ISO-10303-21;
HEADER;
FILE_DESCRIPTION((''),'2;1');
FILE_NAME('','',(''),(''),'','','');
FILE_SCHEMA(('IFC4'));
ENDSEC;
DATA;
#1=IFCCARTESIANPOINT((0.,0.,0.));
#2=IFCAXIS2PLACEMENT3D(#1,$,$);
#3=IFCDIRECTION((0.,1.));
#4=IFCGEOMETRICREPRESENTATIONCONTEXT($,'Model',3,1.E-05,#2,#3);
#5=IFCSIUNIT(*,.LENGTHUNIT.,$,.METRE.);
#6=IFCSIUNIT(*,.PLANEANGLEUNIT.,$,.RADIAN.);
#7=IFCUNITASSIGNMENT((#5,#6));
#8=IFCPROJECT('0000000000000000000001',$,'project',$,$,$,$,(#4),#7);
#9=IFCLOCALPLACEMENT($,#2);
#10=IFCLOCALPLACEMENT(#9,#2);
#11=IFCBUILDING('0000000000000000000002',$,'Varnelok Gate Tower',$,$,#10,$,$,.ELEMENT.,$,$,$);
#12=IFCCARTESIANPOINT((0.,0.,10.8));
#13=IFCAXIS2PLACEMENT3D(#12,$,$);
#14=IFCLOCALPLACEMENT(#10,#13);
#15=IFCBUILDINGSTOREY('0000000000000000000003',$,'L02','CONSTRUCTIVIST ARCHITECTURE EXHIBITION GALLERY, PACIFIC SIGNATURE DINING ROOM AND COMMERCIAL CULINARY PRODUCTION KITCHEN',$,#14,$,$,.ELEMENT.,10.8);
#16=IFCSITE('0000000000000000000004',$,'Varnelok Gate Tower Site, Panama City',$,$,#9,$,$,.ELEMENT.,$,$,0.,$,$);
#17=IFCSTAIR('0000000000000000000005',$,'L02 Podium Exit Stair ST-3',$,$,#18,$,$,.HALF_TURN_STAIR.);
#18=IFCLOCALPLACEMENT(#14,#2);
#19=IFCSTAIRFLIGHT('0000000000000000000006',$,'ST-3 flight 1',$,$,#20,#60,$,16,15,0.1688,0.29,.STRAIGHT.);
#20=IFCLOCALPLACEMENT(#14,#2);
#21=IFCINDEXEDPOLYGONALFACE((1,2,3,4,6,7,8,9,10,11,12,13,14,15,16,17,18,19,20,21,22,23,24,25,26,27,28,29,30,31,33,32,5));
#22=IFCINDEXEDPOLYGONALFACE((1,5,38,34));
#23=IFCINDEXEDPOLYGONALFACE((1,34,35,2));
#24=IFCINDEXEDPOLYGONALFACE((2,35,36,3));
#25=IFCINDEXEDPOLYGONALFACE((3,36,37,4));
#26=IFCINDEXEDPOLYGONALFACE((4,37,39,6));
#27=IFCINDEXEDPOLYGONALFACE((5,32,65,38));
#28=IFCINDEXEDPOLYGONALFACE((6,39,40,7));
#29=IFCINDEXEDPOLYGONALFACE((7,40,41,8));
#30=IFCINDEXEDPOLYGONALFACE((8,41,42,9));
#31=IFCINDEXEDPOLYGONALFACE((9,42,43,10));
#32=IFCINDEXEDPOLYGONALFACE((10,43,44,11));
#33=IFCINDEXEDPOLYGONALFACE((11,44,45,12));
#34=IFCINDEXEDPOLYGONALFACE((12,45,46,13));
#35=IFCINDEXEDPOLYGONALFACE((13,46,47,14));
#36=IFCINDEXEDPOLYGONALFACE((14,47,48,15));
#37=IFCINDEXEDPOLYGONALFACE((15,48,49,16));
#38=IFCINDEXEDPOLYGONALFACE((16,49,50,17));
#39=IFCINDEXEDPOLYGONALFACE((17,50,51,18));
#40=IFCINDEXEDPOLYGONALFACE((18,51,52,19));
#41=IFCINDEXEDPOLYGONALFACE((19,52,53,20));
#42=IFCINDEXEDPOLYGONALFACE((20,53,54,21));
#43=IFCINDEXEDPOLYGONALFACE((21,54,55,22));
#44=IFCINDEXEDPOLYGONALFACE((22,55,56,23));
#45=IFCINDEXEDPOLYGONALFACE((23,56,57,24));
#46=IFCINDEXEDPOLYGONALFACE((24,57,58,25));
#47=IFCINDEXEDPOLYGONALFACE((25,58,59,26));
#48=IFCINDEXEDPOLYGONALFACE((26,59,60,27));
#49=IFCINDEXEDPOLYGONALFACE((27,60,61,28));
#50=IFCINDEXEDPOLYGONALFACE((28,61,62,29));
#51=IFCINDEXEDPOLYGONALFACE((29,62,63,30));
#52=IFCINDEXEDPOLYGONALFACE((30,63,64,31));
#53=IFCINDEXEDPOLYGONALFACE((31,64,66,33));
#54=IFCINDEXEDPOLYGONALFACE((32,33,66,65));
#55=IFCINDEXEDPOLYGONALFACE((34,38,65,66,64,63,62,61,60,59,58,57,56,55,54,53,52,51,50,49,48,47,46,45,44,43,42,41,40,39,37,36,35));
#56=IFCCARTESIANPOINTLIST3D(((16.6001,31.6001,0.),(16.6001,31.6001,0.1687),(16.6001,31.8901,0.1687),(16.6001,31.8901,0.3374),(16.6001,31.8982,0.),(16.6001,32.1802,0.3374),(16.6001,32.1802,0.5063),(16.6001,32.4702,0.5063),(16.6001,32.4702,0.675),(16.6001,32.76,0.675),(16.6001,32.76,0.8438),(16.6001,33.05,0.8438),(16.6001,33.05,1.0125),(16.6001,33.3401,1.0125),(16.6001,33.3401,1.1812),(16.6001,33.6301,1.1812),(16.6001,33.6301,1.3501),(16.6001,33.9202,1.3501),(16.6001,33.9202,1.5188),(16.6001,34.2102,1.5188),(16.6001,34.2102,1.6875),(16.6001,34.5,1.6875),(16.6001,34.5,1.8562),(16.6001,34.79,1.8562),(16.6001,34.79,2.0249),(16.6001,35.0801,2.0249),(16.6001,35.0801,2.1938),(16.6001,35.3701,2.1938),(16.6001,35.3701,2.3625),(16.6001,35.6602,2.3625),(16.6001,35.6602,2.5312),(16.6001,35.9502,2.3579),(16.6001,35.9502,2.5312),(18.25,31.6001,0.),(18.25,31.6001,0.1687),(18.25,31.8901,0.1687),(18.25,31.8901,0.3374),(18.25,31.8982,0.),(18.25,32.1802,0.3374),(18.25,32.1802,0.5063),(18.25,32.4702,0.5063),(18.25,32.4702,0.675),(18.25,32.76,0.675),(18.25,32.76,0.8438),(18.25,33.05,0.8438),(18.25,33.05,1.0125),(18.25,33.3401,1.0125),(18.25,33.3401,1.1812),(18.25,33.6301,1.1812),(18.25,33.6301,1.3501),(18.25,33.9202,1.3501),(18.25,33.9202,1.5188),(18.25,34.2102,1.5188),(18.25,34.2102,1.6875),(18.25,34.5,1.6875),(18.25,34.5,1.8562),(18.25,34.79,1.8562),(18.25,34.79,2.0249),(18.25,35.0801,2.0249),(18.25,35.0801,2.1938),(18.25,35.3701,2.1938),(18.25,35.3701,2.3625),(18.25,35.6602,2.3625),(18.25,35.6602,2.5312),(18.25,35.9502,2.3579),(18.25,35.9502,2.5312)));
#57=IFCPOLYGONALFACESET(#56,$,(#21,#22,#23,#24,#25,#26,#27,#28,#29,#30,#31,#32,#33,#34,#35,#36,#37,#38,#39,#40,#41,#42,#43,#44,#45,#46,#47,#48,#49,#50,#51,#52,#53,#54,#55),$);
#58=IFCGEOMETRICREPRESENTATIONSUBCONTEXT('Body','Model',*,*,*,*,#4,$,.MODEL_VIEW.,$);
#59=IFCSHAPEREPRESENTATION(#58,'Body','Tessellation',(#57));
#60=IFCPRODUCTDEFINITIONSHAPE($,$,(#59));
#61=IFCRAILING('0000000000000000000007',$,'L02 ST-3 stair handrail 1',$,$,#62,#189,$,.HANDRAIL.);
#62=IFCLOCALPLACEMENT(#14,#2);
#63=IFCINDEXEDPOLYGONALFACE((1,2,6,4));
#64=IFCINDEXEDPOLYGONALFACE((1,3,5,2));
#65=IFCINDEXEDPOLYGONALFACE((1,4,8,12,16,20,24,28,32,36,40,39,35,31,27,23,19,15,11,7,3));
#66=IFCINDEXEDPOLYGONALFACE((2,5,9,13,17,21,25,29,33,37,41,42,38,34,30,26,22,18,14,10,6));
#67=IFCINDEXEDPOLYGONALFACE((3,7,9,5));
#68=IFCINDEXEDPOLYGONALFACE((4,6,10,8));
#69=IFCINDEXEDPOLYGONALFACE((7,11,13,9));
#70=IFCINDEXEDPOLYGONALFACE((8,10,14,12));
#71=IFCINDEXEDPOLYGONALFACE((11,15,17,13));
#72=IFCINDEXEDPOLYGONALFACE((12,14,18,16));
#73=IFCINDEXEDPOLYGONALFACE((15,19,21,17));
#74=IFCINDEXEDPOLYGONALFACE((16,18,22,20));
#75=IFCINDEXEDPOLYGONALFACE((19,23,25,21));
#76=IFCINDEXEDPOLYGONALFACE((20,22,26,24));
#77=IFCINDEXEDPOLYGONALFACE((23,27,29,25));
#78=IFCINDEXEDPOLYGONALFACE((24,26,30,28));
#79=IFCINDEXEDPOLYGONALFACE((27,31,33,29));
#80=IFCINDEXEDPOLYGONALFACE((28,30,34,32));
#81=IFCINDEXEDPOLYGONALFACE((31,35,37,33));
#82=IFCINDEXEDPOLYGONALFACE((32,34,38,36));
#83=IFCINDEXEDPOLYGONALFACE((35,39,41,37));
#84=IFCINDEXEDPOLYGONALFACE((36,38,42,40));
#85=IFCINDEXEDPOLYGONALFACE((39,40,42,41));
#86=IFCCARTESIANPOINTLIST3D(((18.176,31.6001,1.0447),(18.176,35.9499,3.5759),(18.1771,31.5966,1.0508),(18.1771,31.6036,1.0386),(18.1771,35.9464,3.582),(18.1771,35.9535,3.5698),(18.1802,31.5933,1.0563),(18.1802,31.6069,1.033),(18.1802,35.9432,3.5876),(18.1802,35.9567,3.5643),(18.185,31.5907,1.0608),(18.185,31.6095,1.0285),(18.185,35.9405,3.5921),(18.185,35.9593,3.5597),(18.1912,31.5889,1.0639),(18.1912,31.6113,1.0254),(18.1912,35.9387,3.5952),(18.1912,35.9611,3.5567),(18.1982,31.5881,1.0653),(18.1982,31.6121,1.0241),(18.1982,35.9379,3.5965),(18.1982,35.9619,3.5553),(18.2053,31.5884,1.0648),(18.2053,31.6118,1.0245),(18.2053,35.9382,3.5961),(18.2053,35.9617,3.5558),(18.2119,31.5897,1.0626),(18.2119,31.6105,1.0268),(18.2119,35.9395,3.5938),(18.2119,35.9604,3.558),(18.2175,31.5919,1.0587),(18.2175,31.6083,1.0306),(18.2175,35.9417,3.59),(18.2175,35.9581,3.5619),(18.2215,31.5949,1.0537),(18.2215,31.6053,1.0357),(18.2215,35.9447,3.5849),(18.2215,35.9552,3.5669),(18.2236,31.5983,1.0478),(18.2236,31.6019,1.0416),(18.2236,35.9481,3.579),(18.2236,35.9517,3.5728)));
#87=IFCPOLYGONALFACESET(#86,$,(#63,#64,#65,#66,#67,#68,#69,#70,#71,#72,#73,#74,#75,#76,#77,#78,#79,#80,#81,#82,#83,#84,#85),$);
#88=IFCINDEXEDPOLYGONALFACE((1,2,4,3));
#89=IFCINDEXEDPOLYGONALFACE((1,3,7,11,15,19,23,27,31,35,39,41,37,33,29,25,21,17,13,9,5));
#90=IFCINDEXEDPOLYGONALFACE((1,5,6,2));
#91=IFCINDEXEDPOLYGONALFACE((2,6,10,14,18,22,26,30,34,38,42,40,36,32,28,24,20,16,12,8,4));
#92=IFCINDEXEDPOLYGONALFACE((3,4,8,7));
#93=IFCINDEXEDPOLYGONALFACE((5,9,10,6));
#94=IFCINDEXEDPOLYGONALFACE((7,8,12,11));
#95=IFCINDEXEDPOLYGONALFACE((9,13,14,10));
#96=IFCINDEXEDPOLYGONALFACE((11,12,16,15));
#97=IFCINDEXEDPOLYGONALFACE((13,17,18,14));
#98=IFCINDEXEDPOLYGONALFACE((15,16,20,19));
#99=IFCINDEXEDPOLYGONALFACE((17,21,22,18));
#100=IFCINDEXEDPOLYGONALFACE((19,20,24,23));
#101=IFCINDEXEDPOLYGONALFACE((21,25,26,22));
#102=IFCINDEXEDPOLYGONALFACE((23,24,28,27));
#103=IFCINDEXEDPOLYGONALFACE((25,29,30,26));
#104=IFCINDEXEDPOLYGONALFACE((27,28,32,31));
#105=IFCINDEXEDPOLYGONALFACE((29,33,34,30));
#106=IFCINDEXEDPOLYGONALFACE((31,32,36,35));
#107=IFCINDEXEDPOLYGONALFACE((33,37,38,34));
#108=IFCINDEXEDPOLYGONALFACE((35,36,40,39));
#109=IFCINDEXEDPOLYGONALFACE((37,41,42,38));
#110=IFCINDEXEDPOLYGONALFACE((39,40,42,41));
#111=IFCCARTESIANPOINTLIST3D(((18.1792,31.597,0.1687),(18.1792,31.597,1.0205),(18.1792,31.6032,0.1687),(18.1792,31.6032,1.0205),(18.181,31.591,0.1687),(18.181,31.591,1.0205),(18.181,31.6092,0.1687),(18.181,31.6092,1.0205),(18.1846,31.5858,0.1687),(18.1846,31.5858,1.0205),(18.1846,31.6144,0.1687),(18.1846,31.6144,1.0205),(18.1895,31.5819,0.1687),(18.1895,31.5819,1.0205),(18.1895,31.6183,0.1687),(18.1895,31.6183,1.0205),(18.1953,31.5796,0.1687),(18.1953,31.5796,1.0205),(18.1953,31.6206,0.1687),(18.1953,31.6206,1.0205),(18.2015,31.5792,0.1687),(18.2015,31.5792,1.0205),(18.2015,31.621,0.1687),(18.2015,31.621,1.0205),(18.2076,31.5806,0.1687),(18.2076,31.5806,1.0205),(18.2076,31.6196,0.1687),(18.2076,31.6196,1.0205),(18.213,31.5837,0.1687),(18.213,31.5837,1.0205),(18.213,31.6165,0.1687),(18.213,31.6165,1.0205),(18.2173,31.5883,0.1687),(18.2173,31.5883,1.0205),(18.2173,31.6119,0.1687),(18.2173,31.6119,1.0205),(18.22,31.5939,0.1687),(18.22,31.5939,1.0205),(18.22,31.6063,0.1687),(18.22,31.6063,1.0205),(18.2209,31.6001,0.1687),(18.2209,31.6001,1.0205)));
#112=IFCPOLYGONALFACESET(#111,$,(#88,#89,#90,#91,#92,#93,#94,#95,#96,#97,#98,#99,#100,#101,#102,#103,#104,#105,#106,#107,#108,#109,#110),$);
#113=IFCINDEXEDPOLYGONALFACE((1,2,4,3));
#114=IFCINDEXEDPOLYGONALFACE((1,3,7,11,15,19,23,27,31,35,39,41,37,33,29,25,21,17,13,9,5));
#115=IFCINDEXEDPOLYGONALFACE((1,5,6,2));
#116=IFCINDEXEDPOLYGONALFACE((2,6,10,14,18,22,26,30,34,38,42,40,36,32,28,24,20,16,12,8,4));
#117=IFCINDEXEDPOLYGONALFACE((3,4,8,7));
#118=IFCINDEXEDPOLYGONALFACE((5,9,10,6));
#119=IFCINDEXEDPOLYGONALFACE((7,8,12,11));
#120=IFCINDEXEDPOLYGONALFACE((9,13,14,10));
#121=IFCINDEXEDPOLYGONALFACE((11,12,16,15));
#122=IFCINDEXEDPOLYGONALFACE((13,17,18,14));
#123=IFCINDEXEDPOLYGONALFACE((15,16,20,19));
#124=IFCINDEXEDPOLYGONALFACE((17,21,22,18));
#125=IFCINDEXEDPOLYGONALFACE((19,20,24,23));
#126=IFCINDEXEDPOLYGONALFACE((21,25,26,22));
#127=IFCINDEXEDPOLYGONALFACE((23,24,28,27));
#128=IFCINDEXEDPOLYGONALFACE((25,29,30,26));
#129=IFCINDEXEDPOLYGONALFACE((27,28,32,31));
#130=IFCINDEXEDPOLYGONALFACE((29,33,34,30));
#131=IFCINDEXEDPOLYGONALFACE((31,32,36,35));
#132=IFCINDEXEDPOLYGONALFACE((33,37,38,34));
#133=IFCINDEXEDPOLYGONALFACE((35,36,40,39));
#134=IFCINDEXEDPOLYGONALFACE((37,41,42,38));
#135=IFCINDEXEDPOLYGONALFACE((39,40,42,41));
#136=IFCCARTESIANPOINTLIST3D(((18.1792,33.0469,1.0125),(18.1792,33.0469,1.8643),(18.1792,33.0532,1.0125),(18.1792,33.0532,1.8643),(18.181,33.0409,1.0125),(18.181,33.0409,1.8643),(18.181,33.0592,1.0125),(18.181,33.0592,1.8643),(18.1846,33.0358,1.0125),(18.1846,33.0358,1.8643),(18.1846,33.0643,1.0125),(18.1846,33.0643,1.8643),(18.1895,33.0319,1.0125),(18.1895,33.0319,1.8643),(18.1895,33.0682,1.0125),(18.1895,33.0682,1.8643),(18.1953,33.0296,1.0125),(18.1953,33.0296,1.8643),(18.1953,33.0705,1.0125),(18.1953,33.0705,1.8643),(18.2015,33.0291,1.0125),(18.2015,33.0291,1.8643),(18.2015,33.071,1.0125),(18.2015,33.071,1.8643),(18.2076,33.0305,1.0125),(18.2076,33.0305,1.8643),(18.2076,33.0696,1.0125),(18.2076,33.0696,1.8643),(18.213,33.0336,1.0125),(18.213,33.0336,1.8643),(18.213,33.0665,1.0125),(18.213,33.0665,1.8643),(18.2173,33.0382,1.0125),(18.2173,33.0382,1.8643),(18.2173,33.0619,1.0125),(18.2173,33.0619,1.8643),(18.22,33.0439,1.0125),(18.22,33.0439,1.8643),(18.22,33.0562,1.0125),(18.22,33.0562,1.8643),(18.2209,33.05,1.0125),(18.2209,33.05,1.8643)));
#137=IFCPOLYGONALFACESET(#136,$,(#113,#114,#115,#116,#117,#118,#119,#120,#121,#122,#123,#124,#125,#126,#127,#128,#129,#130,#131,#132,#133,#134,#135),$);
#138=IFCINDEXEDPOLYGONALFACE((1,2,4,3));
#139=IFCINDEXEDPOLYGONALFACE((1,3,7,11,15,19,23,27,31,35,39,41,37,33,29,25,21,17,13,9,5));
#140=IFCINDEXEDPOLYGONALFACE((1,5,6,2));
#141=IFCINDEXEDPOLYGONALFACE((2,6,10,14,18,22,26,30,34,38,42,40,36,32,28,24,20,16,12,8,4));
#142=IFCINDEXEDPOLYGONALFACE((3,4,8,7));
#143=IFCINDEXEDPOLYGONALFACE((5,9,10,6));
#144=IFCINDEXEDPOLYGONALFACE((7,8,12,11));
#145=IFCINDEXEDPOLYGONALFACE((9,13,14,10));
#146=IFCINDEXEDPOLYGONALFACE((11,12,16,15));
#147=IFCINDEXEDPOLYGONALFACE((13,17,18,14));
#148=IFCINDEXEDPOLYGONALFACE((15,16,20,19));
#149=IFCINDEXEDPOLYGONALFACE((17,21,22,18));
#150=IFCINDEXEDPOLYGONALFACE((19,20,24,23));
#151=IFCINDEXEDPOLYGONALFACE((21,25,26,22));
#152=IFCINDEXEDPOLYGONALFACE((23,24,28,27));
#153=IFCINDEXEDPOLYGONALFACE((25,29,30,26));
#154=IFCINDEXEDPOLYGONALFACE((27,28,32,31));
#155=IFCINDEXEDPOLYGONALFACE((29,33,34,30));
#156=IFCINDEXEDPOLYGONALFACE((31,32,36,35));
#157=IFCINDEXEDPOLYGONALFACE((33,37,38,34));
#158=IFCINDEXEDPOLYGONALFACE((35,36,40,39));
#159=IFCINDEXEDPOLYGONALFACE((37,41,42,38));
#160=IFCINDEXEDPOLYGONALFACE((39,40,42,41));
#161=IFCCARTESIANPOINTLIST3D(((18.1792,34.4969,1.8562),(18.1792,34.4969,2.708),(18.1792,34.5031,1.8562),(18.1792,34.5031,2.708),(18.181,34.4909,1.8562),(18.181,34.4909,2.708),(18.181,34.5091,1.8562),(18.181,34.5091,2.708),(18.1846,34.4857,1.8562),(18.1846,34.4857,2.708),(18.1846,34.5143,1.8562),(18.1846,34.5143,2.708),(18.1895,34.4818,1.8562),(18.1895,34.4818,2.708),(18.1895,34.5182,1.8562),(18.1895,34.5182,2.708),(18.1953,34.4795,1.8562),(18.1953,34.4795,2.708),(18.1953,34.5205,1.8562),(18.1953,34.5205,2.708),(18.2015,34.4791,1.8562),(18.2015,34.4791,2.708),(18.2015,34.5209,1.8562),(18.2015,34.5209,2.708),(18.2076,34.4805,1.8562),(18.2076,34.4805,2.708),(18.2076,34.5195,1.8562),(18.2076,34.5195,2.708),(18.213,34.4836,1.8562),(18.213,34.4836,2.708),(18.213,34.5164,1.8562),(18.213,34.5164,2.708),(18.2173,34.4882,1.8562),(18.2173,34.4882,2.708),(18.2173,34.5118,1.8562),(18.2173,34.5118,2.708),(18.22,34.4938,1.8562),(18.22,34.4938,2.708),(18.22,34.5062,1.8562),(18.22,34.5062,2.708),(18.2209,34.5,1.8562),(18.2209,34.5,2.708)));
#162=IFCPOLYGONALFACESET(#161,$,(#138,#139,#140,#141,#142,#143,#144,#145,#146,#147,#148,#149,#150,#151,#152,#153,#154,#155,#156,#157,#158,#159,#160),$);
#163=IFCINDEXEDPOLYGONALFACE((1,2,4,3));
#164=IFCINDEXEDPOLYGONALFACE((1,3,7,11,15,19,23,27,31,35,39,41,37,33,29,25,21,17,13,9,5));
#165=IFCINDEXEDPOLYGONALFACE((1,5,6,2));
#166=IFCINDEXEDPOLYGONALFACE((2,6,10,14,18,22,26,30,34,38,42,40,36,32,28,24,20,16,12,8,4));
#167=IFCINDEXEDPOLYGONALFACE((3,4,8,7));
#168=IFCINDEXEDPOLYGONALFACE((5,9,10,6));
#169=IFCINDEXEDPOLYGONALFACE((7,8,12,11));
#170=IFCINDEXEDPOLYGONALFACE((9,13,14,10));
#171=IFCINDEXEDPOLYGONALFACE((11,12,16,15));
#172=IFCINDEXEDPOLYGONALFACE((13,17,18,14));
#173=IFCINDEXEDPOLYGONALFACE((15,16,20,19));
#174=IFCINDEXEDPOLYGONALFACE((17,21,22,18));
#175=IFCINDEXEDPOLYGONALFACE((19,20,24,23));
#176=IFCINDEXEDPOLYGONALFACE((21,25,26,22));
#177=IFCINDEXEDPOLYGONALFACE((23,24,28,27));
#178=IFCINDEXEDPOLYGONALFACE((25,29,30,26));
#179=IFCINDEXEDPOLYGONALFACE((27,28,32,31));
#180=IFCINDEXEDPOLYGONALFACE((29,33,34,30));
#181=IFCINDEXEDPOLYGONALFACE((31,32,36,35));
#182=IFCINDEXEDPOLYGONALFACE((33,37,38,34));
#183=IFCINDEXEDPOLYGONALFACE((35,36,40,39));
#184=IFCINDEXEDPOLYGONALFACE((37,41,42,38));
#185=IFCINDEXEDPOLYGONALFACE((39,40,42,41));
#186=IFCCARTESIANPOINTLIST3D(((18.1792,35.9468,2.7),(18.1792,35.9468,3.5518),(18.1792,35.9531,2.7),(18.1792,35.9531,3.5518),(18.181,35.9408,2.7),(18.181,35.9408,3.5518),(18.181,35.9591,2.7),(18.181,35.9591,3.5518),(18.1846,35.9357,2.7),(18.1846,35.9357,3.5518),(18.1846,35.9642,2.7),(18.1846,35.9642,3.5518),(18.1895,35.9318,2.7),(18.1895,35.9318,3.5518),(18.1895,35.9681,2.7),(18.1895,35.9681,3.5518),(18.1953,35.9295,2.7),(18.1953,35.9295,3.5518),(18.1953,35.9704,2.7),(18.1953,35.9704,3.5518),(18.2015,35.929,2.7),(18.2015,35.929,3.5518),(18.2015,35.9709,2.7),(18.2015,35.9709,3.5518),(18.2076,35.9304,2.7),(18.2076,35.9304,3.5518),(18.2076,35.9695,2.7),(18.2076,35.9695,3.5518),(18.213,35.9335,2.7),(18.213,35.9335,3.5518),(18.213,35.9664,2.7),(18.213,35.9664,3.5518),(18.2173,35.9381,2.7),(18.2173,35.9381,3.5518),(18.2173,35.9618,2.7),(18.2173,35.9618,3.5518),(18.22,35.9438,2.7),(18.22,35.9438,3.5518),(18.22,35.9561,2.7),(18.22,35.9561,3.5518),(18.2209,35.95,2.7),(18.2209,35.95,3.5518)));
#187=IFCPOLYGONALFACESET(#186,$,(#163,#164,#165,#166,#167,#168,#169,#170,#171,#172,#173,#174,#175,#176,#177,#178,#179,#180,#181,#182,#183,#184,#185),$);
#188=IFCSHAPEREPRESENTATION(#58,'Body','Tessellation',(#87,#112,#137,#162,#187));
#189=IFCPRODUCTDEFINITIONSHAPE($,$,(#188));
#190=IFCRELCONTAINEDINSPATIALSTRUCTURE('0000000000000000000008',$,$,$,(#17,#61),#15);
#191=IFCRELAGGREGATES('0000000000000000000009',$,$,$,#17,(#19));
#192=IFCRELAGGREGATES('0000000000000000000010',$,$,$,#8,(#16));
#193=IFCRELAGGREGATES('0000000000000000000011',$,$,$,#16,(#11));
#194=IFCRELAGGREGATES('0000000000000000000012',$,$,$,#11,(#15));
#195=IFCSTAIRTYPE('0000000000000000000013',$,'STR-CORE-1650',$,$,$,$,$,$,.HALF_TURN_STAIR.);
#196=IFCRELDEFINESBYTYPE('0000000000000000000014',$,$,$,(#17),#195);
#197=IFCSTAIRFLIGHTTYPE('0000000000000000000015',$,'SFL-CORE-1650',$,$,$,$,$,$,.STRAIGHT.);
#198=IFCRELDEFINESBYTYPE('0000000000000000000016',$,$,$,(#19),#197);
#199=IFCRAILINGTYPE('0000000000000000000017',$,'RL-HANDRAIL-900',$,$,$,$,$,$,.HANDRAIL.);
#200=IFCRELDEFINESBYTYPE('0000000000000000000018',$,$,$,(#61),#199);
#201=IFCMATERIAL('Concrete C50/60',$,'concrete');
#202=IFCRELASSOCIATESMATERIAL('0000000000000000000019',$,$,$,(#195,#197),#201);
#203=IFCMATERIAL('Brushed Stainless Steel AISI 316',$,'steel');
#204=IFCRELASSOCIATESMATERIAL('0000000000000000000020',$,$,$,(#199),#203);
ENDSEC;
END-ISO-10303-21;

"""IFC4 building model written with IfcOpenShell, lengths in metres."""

from ifc_helpers import new_model, si_unit, direction, frame, origin, origin_2d, place, context, subcontext, project, spatial, polyline, circle, outline, extrude, material, type_object, element, aggregate, save


model = new_model("IFC4")

# Units and contexts
model_context = context("Model", 3, precision=1e-05, world=origin(), true_north=direction((0.0, 1.0)))
body_context = subcontext(model_context, "Body", "Model", "MODEL_VIEW")
ifc_project = project(units=[si_unit("LENGTHUNIT", "METRE"), si_unit("PLANEANGLEUNIT", "RADIAN")], contexts=[model_context])

# Site, building, storey
site_placement = place(None, origin())
site = spatial("IfcSite", under=ifc_project, at=site_placement, Name="Varnelok Gate Tower Site, Panama City", CompositionType="ELEMENT", RefElevation=0.0)
building_placement = place(site_placement, origin())
building = spatial("IfcBuilding", under=site, at=building_placement, Name="Varnelok Gate Tower", CompositionType="ELEMENT")
storey_placement = place(building_placement, frame((0.0, 0.0, 10.8)))
storey = spatial("IfcBuildingStorey", under=building, at=storey_placement, Name="L02", Description="CONSTRUCTIVIST ARCHITECTURE EXHIBITION GALLERY, PACIFIC SIGNATURE DINING ROOM AND COMMERCIAL CULINARY PRODUCTION KITCHEN", CompositionType="ELEMENT", Elevation=10.8)

# Stair, stair flight
ifc_material_1 = material(Name="Concrete C50/60", Category="concrete")
stair_type = type_object("IfcStairType", Name="STR-CORE-1650", PredefinedType="HALF_TURN_STAIR", material=ifc_material_1)
stair_placement = place(storey_placement, origin())
stair = element("IfcStair", 1, at=stair_placement, inside=storey, type_object=stair_type, Name="L02 Podium Exit Stair ST-3", PredefinedType="HALF_TURN_STAIR")
stair_flight_type = type_object("IfcStairFlightType", Name="SFL-CORE-1650", PredefinedType="STRAIGHT", material=ifc_material_1)
stair_flight_placement = place(storey_placement, frame((17.425, 31.6001, 0.0), z_axis=(0.0, 0.0, 1.0), x_axis=(0.0, 1.0, 0.0)))
stair_flight = element("IfcStairFlight", 2, at=stair_flight_placement, type_object=stair_flight_type, Name="ST-3 flight 1", NumberOfRisers=16, NumberOfTreads=15, PredefinedType="STRAIGHT", RiserHeight=0.1688, TreadLength=0.29, context=body_context, shape_type="SweptSolid", body=[
    extrude(outline(polyline([(0.0, 0.0), (0.0, 0.1687), (0.29, 0.1687), (0.29, 0.3374), (0.5801, 0.3374), (0.5801, 0.5063), (0.8701, 0.5063), (0.8701, 0.675), (1.1599, 0.675), (1.1599, 0.8438), (1.45, 0.8438), (1.45, 1.0125), (1.74, 1.0125), (1.74, 1.1812), (2.03, 1.1812), (2.03, 1.3501), (2.3201, 1.3501), (2.3201, 1.5188), (2.6101, 1.5188), (2.6101, 1.6875), (2.8999, 1.6875), (2.8999, 1.8562), (3.1899, 1.8562), (3.1899, 2.0249), (3.48, 2.0249), (3.48, 2.1938), (3.77, 2.1938), (3.77, 2.3625), (4.0601, 2.3625), (4.0601, 2.5312), (4.3501, 2.5312), (4.3501, 2.7), (4.3501, 2.3579), (0.2981, 0.0), (0.0, 0.0)])), frame((0.0, 0.825, 0.0), z_axis=(0.0, -1.0, 0.0), x_axis=(1.0, 0.0, 0.0)), (0.0, 0.0, 1.0), 1.6499),
])
aggregate(stair, [stair_flight])

# Railing
ifc_material_2 = material(Name="Brushed Stainless Steel AISI 316", Category="steel")
railing_type_1 = type_object("IfcRailingType", Name="RL-HANDRAIL-900", PredefinedType="HANDRAIL", material=ifc_material_2)
railing_1_placement = place(storey_placement, frame((18.2, 31.6001, 0.1687)))
element("IfcRailing", 3, at=railing_1_placement, inside=storey, type_object=railing_type_1, Name="L02 ST-3 stair handrail 1", PredefinedType="HANDRAIL", context=body_context, shape_type="SweptSolid", body=[
    extrude(circle(Radius=0.0239, at=origin_2d()), frame((0.0, 0.0, 0.876), z_axis=(0.0, 0.864312, 0.502957), x_axis=(-1.0, 0.0, 0.0)), (0.0, 0.0, 1.0), 5.0327),
    extrude(circle(Radius=0.021, at=origin_2d()), origin(), (0.0, 0.0, 1.0), 0.8518),
    extrude(circle(Radius=0.021, at=origin_2d()), frame((0.0, 1.45, 0.8438)), (0.0, 0.0, 1.0), 0.8518),
    extrude(circle(Radius=0.021, at=origin_2d()), frame((0.0, 2.8999, 1.6875)), (0.0, 0.0, 1.0), 0.8518),
    extrude(circle(Radius=0.021, at=origin_2d()), frame((0.0, 4.3499, 2.5312)), (0.0, 0.0, 1.0), 0.8518),
])

save(model, "model.ifc")
